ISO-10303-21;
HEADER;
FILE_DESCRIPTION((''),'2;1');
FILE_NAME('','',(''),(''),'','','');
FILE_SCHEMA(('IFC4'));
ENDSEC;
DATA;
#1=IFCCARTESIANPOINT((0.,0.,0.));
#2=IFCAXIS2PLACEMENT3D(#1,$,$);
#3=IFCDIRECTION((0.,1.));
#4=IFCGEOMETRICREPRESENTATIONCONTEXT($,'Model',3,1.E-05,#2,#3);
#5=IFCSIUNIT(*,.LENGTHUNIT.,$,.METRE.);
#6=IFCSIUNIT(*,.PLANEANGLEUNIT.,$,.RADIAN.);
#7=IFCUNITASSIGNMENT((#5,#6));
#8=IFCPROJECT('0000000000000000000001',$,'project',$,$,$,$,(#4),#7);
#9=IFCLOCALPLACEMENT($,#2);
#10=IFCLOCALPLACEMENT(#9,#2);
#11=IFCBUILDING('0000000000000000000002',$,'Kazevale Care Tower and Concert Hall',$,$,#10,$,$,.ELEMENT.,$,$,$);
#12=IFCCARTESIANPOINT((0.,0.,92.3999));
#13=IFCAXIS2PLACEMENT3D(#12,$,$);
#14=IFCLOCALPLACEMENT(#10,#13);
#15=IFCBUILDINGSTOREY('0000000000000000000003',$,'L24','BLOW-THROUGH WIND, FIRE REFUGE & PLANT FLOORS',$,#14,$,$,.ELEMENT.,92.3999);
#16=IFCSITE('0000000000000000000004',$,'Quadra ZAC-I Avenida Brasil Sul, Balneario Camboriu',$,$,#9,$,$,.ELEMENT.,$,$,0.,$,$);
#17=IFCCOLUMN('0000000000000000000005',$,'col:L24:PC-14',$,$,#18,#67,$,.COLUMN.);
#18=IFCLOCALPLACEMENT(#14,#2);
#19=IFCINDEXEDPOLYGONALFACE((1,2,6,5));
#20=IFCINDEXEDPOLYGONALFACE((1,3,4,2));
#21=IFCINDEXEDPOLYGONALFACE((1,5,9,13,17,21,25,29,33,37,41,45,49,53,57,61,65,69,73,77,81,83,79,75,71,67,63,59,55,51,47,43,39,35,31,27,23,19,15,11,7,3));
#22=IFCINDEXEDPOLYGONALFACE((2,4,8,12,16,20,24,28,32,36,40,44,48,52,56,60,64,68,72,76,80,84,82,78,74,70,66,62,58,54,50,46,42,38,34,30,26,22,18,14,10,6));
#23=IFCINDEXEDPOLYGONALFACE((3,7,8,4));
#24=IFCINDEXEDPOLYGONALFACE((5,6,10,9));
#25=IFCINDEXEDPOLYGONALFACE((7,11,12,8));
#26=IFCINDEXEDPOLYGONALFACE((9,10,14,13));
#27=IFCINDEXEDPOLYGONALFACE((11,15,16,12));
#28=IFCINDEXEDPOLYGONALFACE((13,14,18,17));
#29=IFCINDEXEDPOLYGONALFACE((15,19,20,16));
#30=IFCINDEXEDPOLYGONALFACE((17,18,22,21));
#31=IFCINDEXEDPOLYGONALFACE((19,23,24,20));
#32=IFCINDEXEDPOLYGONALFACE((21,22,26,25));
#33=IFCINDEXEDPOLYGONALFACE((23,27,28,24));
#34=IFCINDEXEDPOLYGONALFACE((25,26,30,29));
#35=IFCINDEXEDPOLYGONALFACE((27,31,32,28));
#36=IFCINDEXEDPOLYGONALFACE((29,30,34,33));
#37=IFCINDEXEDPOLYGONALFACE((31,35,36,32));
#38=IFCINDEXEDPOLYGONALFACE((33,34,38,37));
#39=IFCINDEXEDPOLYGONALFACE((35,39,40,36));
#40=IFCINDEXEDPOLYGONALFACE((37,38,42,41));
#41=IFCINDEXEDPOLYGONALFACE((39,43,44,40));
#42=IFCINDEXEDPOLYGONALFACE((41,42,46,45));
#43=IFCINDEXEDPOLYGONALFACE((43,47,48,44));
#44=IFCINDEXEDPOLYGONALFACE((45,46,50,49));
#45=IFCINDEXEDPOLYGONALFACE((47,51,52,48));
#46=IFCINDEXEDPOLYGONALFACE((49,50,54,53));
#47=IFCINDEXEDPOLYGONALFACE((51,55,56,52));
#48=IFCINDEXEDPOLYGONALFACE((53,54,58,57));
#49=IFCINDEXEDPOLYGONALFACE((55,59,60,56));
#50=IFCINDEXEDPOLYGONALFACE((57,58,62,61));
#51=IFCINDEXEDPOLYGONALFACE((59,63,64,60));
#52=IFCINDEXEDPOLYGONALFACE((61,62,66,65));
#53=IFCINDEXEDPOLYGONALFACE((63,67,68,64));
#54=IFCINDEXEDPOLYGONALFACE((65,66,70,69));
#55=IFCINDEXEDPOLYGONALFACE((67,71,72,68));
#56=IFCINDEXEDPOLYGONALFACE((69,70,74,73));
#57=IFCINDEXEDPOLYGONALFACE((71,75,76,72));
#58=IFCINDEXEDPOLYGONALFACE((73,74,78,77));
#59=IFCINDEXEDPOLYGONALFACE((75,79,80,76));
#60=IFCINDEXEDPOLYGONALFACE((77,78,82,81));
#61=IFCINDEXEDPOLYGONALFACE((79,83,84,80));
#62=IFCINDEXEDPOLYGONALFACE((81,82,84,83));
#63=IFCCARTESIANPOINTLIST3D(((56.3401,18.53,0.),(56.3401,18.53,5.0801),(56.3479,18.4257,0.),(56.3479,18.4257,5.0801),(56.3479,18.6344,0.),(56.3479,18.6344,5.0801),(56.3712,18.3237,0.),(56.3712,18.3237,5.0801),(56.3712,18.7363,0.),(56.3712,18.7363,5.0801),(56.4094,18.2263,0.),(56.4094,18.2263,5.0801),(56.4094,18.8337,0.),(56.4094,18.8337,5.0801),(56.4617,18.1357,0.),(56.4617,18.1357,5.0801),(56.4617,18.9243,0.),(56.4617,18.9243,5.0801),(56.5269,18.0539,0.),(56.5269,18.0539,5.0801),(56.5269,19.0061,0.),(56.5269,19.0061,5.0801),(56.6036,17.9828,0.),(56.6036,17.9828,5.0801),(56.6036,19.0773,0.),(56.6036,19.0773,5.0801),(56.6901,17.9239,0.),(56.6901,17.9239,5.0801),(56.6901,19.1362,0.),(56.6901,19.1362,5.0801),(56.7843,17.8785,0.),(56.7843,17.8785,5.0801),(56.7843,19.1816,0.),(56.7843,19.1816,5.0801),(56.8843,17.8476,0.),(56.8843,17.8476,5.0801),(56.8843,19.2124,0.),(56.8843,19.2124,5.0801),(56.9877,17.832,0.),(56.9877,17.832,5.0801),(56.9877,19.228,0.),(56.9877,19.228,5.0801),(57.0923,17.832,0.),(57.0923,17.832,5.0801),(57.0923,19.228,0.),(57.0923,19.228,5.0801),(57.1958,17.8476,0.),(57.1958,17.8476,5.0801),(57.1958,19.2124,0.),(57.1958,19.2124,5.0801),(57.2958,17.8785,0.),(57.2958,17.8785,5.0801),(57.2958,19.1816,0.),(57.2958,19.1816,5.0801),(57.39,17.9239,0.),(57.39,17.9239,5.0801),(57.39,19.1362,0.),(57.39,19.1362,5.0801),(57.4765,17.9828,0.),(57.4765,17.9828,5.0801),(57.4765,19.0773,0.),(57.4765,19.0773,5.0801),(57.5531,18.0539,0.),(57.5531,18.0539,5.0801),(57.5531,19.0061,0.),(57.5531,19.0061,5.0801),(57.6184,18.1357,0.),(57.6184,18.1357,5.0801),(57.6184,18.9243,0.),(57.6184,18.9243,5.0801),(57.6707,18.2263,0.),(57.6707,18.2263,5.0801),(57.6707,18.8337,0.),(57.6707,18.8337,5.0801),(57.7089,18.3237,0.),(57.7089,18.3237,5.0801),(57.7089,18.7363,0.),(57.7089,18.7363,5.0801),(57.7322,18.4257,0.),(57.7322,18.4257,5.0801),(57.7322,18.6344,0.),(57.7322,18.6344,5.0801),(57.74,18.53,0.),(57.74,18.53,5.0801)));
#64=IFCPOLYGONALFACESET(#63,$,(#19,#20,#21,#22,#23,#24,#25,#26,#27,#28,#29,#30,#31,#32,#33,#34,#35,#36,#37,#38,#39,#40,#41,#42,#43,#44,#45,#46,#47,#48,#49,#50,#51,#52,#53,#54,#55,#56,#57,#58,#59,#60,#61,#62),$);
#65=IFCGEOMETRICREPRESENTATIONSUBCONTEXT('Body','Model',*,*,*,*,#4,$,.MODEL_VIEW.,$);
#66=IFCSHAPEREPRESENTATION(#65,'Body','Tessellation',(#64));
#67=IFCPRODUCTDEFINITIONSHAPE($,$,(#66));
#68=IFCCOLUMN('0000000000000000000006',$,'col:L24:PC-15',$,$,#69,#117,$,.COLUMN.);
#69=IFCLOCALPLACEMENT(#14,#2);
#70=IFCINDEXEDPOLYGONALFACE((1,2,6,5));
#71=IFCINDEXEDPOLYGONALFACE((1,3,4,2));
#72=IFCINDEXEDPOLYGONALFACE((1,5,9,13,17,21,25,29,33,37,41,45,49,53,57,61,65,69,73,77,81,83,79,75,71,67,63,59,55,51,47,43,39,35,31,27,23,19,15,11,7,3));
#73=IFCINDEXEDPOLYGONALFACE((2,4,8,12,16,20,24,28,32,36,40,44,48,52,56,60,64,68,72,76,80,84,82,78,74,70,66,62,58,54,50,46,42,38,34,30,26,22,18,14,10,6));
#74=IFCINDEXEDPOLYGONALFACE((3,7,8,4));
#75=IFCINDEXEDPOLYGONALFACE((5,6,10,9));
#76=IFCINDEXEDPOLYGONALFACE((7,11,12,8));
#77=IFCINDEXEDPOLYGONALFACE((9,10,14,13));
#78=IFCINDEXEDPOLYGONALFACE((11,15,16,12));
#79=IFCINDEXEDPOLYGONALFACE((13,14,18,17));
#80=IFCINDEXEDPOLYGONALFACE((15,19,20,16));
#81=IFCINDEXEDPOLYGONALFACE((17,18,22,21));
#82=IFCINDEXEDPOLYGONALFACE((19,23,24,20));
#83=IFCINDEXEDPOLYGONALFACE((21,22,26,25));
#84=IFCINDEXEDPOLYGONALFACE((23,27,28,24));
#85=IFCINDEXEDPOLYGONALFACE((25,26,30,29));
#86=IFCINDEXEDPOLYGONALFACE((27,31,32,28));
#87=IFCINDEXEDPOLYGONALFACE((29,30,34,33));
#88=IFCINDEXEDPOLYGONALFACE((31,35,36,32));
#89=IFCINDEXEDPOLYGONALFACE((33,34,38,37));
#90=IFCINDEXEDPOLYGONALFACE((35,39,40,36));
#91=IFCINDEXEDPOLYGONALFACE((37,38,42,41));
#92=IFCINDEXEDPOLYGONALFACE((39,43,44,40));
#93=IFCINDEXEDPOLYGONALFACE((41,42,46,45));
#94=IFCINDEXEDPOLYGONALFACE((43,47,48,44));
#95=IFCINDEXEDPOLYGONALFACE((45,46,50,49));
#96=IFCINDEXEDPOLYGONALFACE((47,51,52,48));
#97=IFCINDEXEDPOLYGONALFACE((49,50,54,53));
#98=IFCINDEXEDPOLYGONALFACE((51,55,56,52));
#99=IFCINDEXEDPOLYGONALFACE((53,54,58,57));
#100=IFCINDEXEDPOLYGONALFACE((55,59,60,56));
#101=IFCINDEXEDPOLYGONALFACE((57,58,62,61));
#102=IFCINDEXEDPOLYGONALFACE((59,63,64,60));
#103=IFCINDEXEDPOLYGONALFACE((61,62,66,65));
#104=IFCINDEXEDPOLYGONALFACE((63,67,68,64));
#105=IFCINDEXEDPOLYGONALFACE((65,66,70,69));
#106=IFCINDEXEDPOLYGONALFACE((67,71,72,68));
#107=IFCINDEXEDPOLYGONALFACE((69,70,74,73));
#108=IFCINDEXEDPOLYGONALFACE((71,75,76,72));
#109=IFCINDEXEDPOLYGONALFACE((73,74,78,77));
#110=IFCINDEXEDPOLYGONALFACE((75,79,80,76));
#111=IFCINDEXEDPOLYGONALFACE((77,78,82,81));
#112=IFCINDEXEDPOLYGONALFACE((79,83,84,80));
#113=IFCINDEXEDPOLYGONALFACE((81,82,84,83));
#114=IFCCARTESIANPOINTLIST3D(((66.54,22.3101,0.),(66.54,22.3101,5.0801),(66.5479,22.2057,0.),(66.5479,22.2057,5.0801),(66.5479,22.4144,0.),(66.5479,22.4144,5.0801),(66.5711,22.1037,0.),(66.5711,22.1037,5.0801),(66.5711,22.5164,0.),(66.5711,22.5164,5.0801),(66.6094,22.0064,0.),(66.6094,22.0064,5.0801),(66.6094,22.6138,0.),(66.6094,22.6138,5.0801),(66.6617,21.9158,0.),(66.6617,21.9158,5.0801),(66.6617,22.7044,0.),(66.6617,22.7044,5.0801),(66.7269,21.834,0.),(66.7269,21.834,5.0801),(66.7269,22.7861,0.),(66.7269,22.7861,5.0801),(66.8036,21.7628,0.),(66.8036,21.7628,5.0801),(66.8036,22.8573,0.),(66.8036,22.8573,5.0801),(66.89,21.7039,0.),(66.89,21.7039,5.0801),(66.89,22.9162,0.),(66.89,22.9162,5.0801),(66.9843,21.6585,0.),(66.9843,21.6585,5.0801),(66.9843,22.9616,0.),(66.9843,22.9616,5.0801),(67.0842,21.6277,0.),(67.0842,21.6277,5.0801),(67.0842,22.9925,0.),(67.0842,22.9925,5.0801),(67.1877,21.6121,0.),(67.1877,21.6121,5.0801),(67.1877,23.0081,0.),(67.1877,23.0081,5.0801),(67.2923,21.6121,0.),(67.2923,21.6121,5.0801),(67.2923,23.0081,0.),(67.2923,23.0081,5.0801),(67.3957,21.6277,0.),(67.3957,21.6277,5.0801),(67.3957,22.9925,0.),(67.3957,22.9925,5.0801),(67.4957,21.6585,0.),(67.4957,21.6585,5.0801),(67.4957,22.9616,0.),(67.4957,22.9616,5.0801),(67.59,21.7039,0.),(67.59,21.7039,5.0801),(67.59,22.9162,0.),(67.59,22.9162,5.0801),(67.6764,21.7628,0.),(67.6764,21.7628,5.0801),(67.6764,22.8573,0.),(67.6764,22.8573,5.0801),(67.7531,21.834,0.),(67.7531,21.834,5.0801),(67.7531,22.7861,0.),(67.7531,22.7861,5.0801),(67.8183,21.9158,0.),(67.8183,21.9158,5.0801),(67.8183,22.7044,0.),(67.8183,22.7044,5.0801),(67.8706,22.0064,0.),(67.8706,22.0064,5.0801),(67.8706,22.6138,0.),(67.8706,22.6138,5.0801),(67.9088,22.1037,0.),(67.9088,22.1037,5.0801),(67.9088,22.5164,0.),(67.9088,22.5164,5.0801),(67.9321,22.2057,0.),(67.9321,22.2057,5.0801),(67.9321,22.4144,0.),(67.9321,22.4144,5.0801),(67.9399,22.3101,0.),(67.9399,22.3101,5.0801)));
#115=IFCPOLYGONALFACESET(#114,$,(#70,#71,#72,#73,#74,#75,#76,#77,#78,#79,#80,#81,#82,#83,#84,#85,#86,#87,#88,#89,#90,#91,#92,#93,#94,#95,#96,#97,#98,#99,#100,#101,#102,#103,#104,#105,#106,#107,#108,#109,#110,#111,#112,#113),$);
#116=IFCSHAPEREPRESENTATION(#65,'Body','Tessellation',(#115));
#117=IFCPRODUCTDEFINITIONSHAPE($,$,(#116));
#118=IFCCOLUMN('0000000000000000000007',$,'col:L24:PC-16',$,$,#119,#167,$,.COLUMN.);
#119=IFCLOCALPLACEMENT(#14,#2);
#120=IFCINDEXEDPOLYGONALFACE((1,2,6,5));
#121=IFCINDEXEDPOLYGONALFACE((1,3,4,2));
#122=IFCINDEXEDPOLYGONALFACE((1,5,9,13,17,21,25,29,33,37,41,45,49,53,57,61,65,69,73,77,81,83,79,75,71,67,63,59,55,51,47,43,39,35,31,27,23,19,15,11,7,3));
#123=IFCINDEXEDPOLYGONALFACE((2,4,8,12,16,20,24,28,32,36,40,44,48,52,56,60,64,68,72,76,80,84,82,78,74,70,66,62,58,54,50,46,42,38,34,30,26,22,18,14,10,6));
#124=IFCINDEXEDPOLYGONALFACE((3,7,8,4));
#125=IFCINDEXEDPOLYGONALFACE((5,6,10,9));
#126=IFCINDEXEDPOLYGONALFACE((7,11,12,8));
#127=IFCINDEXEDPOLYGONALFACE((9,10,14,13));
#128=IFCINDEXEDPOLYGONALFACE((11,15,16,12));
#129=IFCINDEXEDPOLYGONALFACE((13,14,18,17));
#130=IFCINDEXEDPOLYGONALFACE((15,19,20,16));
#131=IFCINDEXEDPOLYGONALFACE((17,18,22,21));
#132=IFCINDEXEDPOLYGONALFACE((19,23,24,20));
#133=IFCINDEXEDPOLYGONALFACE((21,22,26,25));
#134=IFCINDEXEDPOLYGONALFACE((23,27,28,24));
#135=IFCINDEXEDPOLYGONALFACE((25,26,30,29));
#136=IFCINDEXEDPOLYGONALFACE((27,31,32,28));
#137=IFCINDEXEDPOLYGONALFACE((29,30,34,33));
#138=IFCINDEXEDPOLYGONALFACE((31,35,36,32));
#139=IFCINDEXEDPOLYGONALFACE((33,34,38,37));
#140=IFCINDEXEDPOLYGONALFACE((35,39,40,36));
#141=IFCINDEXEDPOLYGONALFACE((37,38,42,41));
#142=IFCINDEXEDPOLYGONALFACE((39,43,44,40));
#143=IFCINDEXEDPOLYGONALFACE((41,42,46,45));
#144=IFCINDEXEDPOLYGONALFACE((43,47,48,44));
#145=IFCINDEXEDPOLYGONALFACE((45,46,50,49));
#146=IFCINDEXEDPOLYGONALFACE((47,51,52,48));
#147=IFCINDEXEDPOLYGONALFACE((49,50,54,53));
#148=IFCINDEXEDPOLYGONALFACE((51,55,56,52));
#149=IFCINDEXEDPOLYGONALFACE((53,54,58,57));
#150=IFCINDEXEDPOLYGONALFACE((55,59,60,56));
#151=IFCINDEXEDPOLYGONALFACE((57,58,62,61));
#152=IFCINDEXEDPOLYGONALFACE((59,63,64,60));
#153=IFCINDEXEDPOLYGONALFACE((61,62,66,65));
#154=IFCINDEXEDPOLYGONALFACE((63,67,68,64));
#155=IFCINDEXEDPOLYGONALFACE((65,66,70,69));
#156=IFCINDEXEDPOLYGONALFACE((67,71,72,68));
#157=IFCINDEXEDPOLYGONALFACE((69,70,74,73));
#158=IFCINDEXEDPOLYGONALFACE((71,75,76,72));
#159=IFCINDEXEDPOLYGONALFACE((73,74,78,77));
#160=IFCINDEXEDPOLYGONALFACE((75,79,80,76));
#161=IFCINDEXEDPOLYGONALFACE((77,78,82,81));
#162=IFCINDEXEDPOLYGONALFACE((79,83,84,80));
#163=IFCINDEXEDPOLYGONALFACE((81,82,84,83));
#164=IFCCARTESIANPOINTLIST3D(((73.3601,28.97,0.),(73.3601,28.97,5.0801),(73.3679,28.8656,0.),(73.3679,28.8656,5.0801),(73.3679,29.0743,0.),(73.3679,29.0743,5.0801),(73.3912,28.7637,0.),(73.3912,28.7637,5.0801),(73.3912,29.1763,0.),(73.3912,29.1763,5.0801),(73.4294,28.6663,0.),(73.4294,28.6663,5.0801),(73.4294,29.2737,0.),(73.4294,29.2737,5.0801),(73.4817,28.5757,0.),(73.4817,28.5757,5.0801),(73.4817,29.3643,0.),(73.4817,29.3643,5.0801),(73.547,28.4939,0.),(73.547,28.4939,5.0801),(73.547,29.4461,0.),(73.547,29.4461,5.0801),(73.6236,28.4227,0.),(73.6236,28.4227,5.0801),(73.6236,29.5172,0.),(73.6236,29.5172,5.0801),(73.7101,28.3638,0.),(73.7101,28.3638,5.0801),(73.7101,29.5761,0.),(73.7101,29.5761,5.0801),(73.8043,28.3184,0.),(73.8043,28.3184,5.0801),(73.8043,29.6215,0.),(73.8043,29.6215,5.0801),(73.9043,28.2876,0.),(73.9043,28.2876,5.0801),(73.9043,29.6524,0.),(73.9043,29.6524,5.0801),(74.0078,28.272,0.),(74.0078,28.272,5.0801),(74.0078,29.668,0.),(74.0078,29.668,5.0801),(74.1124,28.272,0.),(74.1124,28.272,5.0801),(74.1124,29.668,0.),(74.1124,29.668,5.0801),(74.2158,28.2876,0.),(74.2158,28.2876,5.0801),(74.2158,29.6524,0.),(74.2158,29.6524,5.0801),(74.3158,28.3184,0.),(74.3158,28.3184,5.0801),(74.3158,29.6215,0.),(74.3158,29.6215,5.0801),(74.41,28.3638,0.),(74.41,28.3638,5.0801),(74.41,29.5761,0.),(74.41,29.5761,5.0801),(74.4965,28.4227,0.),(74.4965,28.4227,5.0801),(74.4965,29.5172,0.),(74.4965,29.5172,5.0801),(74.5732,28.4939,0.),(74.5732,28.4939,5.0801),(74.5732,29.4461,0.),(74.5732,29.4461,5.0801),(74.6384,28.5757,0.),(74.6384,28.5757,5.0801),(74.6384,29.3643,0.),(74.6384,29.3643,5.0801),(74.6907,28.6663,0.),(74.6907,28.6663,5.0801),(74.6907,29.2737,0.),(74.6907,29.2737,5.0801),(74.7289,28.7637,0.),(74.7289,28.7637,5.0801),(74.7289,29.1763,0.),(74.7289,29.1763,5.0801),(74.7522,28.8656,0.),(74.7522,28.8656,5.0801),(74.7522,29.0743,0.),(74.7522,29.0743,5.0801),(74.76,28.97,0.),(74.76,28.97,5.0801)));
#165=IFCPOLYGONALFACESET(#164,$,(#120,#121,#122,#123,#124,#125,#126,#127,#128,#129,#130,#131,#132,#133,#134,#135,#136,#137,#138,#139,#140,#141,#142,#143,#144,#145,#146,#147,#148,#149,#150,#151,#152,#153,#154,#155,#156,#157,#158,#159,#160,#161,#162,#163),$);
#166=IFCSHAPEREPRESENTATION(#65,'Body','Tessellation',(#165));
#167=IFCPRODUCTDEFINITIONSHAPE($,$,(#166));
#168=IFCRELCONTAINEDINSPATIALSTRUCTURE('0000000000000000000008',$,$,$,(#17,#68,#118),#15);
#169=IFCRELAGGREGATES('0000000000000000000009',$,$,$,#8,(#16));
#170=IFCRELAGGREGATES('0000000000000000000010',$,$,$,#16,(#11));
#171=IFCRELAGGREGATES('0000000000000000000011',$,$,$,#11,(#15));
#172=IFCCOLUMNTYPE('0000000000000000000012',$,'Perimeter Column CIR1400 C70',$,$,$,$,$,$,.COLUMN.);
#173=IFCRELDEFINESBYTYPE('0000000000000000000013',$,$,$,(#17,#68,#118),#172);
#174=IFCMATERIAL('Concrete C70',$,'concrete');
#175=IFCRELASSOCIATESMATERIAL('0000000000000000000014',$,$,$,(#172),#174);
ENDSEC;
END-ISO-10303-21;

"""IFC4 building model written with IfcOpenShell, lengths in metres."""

from ifc_helpers import new_model, si_unit, direction, frame, origin, origin_2d, place, context, subcontext, project, spatial, circle, extrude, material, material_profile, profile_set, type_object, element, save


model = new_model("IFC4")

# Units and contexts
model_context = context("Model", 3, precision=1e-05, world=origin(), true_north=direction((0.0, 1.0)))
body_context = subcontext(model_context, "Body", "Model", "MODEL_VIEW")
ifc_project = project(units=[si_unit("LENGTHUNIT", "METRE"), si_unit("PLANEANGLEUNIT", "RADIAN")], contexts=[model_context])

# Site, building, storey
site_placement = place(None, origin())
site = spatial("IfcSite", under=ifc_project, at=site_placement, Name="Quadra ZAC-I Avenida Brasil Sul, Balneario Camboriu", CompositionType="ELEMENT", RefElevation=0.0)
building_placement = place(site_placement, origin())
building = spatial("IfcBuilding", under=site, at=building_placement, Name="Kazevale Care Tower and Concert Hall", CompositionType="ELEMENT")
storey_placement = place(building_placement, frame((0.0, 0.0, 92.3999)))
storey = spatial("IfcBuildingStorey", under=building, at=storey_placement, Name="L24", Description="BLOW-THROUGH WIND, FIRE REFUGE & PLANT FLOORS", CompositionType="ELEMENT", Elevation=92.3999)

# Columns
ifc_material_1 = material(Name="Concrete C70", Category="concrete")
ifc_material_profile_1 = material_profile(ifc_material_1, circle(Radius=0.7, at=origin_2d()), Name="RC-CIR1400")
ifc_profile_set_1 = profile_set([ifc_material_profile_1], Name="Concrete C70")
column_type = type_object("IfcColumnType", Name="Perimeter Column CIR1400 C70", PredefinedType="COLUMN", material=ifc_profile_set_1)
for number, where, z_axis, x_axis, name in (
    (1, (57.04, 18.53, 0.0), (0.0, 0.0, 1.0), (1.0, 0.0, 0.0), "col:L24:PC-14"),
    (2, (67.24, 22.3101, 0.0), (0.0, 0.0, 1.0), (1.0, 0.0, 0.0), "col:L24:PC-15"),
    (3, (74.0601, 28.97, 0.0), (0.0, 0.0, 1.0), (1.0, 0.0, 0.0), "col:L24:PC-16"),
):
    element("IfcColumn", number, at=place(storey_placement, frame(where, z_axis=z_axis, x_axis=x_axis)), inside=storey, type_object=column_type, Name=name, PredefinedType="COLUMN", context=body_context, shape_type="SweptSolid", body=[
        extrude(circle(Radius=0.7, at=origin_2d()), origin(), (0.0, 0.0, 1.0), 5.0801),
    ])

save(model, "model.ifc")
